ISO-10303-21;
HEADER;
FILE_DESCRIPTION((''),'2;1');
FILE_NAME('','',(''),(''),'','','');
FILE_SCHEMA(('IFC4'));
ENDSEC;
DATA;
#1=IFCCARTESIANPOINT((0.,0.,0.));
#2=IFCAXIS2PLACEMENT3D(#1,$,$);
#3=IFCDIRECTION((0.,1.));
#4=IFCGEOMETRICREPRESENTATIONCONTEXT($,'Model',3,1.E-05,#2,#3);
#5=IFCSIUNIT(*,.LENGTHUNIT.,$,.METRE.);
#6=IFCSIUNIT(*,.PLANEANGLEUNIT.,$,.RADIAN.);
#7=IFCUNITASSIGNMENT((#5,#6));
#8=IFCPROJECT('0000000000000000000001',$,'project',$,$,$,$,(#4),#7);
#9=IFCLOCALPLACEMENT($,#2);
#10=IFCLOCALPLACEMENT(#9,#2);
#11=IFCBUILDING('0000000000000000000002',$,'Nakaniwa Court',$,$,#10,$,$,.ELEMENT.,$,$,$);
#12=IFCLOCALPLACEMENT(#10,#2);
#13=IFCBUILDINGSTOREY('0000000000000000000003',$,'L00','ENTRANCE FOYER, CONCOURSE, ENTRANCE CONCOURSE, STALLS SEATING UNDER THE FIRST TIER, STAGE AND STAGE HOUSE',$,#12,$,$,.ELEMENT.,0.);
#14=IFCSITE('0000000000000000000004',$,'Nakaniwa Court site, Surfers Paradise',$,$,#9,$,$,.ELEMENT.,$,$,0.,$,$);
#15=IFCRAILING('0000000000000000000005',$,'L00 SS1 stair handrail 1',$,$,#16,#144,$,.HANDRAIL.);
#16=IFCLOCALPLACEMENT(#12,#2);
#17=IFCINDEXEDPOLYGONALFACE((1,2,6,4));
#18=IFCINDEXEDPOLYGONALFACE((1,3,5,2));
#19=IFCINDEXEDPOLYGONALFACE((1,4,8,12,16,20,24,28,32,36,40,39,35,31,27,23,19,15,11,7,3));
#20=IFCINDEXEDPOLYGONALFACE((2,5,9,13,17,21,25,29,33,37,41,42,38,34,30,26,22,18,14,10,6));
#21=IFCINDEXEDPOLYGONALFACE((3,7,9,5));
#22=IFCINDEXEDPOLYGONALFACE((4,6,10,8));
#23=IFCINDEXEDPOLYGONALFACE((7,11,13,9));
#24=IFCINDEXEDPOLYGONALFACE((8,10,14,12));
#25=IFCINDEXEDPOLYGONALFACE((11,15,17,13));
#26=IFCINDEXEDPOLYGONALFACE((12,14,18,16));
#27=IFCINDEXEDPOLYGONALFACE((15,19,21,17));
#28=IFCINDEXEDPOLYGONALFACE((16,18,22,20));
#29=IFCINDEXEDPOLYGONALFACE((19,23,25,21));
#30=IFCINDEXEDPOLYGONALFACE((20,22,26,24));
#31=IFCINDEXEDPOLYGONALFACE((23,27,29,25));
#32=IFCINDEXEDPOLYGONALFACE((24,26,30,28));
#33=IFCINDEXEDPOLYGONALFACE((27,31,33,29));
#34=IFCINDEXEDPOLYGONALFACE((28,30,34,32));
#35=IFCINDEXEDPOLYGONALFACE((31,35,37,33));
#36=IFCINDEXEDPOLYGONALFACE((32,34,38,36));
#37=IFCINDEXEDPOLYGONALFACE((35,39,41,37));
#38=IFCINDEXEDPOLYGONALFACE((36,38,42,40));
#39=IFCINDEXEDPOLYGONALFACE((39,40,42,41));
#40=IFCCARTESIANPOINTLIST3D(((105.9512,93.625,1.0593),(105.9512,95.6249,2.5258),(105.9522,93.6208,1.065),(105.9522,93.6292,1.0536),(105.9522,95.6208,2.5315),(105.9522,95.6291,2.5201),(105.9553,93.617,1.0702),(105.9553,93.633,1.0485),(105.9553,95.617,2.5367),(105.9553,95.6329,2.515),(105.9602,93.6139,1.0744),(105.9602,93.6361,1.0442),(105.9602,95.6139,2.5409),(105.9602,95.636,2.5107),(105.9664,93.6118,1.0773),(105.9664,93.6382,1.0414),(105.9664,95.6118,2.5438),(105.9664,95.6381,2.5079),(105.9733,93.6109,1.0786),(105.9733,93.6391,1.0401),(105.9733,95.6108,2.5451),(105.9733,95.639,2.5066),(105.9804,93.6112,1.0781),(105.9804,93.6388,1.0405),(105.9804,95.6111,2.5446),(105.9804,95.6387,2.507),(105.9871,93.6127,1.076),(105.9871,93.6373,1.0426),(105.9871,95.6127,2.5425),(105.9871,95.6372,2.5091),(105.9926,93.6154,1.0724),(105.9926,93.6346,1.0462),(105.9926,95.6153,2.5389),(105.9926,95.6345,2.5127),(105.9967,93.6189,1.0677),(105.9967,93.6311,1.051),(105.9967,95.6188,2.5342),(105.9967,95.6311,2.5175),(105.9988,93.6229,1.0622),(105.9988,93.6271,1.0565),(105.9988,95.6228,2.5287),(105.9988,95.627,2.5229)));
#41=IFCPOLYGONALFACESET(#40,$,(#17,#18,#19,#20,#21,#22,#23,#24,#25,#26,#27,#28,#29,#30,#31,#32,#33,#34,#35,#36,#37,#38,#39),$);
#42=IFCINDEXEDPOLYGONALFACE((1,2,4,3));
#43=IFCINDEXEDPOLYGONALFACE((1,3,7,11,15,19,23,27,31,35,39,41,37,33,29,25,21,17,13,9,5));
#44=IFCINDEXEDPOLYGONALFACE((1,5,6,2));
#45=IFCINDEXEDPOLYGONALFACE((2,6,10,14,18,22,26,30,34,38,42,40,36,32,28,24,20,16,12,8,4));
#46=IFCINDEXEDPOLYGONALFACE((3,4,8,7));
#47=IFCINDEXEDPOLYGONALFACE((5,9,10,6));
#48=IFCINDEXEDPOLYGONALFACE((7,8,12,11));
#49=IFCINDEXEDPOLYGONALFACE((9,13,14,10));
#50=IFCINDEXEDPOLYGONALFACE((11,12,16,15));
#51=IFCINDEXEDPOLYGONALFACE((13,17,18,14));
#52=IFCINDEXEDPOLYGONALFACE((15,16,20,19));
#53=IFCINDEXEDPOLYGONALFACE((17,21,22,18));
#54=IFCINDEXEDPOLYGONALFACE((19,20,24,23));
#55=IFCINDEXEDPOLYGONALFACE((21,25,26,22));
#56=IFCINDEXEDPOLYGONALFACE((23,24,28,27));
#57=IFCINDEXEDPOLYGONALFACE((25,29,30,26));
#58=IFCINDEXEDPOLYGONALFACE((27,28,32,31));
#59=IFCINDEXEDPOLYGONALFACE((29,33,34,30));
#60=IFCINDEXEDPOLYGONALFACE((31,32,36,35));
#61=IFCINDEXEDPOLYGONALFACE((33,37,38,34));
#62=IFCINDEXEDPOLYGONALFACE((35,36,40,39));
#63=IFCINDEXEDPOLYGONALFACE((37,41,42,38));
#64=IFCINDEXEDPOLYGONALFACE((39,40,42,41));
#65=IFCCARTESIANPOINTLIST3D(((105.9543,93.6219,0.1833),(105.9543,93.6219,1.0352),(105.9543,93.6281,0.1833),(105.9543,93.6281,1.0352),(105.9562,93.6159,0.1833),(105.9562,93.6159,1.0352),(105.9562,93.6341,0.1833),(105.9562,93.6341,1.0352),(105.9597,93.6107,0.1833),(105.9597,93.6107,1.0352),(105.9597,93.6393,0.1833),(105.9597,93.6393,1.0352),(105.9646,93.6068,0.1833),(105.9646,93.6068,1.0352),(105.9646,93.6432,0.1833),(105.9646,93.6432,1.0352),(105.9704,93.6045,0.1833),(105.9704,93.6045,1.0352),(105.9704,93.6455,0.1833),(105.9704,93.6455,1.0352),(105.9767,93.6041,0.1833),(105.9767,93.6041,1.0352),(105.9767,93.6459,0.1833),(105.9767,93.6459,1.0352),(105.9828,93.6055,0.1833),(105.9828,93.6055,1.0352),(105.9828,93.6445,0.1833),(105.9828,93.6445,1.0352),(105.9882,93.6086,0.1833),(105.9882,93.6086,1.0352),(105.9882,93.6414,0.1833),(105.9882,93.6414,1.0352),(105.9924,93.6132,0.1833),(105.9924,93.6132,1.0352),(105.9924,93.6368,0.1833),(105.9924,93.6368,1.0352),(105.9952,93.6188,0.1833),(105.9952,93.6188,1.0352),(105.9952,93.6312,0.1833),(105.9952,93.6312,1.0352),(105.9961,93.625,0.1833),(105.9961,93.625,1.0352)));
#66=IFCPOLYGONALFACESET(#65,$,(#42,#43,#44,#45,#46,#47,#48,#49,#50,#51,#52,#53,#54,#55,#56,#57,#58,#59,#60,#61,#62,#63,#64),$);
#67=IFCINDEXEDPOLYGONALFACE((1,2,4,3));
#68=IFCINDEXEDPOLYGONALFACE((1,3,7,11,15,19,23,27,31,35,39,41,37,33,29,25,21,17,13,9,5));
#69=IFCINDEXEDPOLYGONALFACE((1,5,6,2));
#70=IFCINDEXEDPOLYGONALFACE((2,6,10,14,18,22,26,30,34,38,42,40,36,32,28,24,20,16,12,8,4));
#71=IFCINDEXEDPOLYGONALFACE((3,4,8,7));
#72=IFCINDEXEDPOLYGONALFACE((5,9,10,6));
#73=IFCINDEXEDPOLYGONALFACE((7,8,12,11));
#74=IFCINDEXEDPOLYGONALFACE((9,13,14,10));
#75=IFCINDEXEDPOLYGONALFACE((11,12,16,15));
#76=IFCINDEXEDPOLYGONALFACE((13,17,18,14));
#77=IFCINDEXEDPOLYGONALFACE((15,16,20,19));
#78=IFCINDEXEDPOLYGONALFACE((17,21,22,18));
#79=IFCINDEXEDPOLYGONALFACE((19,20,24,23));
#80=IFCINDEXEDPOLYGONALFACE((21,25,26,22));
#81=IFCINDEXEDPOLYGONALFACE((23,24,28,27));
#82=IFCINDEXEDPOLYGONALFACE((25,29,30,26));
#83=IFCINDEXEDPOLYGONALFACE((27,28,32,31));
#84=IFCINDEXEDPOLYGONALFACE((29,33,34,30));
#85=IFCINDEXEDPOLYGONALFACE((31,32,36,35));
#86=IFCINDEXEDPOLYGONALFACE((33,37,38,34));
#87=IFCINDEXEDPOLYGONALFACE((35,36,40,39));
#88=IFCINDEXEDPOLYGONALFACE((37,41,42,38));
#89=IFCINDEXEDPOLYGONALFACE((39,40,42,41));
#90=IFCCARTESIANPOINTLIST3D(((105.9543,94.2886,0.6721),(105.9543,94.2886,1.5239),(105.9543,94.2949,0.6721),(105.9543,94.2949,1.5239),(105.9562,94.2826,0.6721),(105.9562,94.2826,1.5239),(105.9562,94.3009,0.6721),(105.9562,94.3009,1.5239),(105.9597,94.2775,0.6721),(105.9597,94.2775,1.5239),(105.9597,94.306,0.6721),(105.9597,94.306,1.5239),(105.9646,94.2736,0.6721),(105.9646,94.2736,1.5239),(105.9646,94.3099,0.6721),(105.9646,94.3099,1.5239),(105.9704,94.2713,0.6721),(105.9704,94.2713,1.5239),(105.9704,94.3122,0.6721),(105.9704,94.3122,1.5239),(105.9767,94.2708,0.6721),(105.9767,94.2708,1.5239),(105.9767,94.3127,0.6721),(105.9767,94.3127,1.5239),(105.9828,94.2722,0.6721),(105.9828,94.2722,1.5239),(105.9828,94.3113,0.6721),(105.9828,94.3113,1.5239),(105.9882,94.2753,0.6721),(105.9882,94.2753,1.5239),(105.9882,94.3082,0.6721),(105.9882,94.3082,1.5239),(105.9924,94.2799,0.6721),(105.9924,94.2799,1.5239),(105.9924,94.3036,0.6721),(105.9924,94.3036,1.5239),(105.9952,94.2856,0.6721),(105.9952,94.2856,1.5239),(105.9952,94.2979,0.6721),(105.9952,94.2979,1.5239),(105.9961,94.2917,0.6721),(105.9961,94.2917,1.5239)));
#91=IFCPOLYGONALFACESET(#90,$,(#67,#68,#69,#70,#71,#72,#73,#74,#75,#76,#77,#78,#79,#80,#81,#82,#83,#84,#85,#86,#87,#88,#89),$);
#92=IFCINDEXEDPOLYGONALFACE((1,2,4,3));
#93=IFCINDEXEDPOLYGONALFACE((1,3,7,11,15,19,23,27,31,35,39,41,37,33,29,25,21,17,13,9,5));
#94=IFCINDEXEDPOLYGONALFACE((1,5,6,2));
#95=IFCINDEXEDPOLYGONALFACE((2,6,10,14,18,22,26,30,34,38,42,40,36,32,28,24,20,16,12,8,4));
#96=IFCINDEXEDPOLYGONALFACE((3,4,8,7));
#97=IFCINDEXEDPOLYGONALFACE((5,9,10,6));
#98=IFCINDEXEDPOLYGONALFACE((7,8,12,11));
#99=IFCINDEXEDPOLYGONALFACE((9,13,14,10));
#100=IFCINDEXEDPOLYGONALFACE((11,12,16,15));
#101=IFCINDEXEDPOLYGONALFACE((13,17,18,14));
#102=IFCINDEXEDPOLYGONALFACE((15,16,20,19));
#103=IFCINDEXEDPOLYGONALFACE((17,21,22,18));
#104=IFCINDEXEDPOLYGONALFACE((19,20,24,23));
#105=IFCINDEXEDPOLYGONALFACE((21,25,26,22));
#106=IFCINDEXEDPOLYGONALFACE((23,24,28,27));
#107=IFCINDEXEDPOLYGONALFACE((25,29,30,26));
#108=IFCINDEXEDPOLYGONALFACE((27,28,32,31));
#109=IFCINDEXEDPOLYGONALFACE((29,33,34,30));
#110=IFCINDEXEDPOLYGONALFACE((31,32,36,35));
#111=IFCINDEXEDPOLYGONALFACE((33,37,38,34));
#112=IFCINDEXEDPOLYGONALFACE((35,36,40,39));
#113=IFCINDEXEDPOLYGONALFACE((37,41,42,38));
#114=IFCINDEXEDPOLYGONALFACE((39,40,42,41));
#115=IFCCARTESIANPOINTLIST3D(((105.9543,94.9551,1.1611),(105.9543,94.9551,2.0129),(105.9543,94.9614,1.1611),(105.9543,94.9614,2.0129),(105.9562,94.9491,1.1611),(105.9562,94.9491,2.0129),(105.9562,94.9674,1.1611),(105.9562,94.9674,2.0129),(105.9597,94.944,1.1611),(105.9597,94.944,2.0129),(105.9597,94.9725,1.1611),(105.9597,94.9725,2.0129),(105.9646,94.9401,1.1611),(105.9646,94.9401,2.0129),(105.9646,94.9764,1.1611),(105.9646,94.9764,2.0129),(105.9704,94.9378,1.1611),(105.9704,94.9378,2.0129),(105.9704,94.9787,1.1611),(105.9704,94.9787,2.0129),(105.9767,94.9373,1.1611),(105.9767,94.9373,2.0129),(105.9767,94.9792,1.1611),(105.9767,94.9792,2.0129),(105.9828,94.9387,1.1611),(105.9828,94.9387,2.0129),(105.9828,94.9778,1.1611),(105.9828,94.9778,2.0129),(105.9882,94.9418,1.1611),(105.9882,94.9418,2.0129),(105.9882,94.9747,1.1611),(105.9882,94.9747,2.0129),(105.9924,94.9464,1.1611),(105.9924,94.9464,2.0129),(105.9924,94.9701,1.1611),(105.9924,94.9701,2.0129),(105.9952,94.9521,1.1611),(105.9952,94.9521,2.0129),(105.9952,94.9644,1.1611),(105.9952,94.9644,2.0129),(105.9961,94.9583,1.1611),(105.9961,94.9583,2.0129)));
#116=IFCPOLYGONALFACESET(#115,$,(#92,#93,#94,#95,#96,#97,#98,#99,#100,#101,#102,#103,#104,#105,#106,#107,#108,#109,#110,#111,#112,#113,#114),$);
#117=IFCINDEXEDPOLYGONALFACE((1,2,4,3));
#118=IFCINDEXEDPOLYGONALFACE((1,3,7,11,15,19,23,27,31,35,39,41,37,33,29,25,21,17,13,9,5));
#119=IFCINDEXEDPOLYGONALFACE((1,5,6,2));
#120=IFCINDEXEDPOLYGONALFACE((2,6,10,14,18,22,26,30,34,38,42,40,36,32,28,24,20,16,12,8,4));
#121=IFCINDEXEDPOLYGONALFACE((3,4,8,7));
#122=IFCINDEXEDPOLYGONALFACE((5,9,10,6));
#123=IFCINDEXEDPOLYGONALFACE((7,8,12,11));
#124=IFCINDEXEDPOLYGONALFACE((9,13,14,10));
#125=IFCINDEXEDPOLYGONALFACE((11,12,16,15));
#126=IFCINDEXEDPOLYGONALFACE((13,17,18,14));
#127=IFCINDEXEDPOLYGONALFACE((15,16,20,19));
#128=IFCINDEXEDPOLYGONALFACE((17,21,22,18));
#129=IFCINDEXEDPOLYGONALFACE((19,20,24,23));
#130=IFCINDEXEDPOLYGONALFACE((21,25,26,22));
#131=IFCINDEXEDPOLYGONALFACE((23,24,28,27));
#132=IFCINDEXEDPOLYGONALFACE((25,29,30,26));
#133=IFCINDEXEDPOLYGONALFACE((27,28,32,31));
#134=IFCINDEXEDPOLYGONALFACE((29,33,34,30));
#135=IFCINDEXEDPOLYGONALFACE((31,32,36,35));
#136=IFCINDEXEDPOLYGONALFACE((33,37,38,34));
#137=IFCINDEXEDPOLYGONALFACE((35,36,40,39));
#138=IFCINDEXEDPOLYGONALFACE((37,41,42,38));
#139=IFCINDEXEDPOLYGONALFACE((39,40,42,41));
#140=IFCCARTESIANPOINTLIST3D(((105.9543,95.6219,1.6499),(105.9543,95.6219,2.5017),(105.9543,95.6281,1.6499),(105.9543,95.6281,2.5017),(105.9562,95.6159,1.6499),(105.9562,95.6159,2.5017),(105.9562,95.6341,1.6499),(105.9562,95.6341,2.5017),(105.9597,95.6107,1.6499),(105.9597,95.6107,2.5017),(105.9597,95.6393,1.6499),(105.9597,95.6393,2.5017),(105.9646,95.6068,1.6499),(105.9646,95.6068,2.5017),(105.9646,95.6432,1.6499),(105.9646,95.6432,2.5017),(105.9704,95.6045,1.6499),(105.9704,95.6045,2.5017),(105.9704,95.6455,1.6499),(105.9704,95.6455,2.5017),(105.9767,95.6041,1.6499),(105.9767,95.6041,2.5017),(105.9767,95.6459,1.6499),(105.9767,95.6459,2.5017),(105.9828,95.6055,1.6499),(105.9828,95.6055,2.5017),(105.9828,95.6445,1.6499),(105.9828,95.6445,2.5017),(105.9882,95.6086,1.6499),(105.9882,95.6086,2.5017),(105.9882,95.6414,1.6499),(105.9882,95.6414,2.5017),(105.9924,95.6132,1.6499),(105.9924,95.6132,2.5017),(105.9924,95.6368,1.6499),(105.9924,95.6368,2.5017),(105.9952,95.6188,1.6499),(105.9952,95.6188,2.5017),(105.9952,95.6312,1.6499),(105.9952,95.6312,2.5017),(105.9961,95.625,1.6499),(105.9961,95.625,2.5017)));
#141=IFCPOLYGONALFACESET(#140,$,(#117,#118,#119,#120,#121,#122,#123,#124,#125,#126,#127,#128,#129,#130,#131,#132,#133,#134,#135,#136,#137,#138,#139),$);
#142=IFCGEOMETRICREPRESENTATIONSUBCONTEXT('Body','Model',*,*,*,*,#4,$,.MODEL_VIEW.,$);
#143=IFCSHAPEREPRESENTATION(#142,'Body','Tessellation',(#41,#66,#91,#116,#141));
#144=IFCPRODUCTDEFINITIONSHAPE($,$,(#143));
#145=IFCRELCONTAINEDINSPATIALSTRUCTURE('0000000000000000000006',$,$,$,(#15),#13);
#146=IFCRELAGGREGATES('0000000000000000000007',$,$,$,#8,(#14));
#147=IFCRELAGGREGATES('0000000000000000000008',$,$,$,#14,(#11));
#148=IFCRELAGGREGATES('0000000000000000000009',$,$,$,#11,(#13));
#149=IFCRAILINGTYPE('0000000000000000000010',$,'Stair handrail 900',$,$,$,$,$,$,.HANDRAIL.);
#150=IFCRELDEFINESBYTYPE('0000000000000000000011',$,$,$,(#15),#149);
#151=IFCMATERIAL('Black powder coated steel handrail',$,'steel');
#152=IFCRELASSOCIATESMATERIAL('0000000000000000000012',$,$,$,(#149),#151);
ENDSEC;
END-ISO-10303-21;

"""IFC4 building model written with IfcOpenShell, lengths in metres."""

from ifc_helpers import new_model, si_unit, direction, frame, origin, origin_2d, place, context, subcontext, project, spatial, circle, extrude, material, type_object, element, save


model = new_model("IFC4")

# Units and contexts
model_context = context("Model", 3, precision=1e-05, world=origin(), true_north=direction((0.0, 1.0)))
body_context = subcontext(model_context, "Body", "Model", "MODEL_VIEW")
ifc_project = project(units=[si_unit("LENGTHUNIT", "METRE"), si_unit("PLANEANGLEUNIT", "RADIAN")], contexts=[model_context])

# Site, building, storey
site_placement = place(None, origin())
site = spatial("IfcSite", under=ifc_project, at=site_placement, Name="Nakaniwa Court site, Surfers Paradise", CompositionType="ELEMENT", RefElevation=0.0)
building_placement = place(site_placement, origin())
building = spatial("IfcBuilding", under=site, at=building_placement, Name="Nakaniwa Court", CompositionType="ELEMENT")
storey_placement = place(building_placement, origin())
storey = spatial("IfcBuildingStorey", under=building, at=storey_placement, Name="L00", Description="ENTRANCE FOYER, CONCOURSE, ENTRANCE CONCOURSE, STALLS SEATING UNDER THE FIRST TIER, STAGE AND STAGE HOUSE", CompositionType="ELEMENT", Elevation=0.0)

# Railing
ifc_material_1 = material(Name="Black powder coated steel handrail", Category="steel")
railing_type_1 = type_object("IfcRailingType", Name="Stair handrail 900", PredefinedType="HANDRAIL", material=ifc_material_1)
for number, where, name in (
    (1, (105.9751, 93.625, 0.1833), "L00 SS1 stair handrail 1"),
):
    element("IfcRailing", number, at=place(storey_placement, frame(where)), inside=storey, type_object=railing_type_1, Name=name, PredefinedType="HANDRAIL", context=body_context, shape_type="SweptSolid", body=[
        extrude(circle(Radius=0.0239, at=origin_2d()), frame((0.0, 0.0, 0.876), z_axis=(0.0, 0.806427, 0.591334), x_axis=(-1.0, 0.0, 0.0)), (0.0, 0.0, 1.0), 2.48),
        extrude(circle(Radius=0.021, at=origin_2d()), origin(), (0.0, 0.0, 1.0), 0.8518),
        extrude(circle(Radius=0.021, at=origin_2d()), frame((0.0, 0.6667, 0.4888)), (0.0, 0.0, 1.0), 0.8518),
        extrude(circle(Radius=0.021, at=origin_2d()), frame((0.0, 1.3333, 0.9778)), (0.0, 0.0, 1.0), 0.8518),
        extrude(circle(Radius=0.021, at=origin_2d()), frame((0.0, 2.0, 1.4666)), (0.0, 0.0, 1.0), 0.8518),
    ])

save(model, "model.ifc")
